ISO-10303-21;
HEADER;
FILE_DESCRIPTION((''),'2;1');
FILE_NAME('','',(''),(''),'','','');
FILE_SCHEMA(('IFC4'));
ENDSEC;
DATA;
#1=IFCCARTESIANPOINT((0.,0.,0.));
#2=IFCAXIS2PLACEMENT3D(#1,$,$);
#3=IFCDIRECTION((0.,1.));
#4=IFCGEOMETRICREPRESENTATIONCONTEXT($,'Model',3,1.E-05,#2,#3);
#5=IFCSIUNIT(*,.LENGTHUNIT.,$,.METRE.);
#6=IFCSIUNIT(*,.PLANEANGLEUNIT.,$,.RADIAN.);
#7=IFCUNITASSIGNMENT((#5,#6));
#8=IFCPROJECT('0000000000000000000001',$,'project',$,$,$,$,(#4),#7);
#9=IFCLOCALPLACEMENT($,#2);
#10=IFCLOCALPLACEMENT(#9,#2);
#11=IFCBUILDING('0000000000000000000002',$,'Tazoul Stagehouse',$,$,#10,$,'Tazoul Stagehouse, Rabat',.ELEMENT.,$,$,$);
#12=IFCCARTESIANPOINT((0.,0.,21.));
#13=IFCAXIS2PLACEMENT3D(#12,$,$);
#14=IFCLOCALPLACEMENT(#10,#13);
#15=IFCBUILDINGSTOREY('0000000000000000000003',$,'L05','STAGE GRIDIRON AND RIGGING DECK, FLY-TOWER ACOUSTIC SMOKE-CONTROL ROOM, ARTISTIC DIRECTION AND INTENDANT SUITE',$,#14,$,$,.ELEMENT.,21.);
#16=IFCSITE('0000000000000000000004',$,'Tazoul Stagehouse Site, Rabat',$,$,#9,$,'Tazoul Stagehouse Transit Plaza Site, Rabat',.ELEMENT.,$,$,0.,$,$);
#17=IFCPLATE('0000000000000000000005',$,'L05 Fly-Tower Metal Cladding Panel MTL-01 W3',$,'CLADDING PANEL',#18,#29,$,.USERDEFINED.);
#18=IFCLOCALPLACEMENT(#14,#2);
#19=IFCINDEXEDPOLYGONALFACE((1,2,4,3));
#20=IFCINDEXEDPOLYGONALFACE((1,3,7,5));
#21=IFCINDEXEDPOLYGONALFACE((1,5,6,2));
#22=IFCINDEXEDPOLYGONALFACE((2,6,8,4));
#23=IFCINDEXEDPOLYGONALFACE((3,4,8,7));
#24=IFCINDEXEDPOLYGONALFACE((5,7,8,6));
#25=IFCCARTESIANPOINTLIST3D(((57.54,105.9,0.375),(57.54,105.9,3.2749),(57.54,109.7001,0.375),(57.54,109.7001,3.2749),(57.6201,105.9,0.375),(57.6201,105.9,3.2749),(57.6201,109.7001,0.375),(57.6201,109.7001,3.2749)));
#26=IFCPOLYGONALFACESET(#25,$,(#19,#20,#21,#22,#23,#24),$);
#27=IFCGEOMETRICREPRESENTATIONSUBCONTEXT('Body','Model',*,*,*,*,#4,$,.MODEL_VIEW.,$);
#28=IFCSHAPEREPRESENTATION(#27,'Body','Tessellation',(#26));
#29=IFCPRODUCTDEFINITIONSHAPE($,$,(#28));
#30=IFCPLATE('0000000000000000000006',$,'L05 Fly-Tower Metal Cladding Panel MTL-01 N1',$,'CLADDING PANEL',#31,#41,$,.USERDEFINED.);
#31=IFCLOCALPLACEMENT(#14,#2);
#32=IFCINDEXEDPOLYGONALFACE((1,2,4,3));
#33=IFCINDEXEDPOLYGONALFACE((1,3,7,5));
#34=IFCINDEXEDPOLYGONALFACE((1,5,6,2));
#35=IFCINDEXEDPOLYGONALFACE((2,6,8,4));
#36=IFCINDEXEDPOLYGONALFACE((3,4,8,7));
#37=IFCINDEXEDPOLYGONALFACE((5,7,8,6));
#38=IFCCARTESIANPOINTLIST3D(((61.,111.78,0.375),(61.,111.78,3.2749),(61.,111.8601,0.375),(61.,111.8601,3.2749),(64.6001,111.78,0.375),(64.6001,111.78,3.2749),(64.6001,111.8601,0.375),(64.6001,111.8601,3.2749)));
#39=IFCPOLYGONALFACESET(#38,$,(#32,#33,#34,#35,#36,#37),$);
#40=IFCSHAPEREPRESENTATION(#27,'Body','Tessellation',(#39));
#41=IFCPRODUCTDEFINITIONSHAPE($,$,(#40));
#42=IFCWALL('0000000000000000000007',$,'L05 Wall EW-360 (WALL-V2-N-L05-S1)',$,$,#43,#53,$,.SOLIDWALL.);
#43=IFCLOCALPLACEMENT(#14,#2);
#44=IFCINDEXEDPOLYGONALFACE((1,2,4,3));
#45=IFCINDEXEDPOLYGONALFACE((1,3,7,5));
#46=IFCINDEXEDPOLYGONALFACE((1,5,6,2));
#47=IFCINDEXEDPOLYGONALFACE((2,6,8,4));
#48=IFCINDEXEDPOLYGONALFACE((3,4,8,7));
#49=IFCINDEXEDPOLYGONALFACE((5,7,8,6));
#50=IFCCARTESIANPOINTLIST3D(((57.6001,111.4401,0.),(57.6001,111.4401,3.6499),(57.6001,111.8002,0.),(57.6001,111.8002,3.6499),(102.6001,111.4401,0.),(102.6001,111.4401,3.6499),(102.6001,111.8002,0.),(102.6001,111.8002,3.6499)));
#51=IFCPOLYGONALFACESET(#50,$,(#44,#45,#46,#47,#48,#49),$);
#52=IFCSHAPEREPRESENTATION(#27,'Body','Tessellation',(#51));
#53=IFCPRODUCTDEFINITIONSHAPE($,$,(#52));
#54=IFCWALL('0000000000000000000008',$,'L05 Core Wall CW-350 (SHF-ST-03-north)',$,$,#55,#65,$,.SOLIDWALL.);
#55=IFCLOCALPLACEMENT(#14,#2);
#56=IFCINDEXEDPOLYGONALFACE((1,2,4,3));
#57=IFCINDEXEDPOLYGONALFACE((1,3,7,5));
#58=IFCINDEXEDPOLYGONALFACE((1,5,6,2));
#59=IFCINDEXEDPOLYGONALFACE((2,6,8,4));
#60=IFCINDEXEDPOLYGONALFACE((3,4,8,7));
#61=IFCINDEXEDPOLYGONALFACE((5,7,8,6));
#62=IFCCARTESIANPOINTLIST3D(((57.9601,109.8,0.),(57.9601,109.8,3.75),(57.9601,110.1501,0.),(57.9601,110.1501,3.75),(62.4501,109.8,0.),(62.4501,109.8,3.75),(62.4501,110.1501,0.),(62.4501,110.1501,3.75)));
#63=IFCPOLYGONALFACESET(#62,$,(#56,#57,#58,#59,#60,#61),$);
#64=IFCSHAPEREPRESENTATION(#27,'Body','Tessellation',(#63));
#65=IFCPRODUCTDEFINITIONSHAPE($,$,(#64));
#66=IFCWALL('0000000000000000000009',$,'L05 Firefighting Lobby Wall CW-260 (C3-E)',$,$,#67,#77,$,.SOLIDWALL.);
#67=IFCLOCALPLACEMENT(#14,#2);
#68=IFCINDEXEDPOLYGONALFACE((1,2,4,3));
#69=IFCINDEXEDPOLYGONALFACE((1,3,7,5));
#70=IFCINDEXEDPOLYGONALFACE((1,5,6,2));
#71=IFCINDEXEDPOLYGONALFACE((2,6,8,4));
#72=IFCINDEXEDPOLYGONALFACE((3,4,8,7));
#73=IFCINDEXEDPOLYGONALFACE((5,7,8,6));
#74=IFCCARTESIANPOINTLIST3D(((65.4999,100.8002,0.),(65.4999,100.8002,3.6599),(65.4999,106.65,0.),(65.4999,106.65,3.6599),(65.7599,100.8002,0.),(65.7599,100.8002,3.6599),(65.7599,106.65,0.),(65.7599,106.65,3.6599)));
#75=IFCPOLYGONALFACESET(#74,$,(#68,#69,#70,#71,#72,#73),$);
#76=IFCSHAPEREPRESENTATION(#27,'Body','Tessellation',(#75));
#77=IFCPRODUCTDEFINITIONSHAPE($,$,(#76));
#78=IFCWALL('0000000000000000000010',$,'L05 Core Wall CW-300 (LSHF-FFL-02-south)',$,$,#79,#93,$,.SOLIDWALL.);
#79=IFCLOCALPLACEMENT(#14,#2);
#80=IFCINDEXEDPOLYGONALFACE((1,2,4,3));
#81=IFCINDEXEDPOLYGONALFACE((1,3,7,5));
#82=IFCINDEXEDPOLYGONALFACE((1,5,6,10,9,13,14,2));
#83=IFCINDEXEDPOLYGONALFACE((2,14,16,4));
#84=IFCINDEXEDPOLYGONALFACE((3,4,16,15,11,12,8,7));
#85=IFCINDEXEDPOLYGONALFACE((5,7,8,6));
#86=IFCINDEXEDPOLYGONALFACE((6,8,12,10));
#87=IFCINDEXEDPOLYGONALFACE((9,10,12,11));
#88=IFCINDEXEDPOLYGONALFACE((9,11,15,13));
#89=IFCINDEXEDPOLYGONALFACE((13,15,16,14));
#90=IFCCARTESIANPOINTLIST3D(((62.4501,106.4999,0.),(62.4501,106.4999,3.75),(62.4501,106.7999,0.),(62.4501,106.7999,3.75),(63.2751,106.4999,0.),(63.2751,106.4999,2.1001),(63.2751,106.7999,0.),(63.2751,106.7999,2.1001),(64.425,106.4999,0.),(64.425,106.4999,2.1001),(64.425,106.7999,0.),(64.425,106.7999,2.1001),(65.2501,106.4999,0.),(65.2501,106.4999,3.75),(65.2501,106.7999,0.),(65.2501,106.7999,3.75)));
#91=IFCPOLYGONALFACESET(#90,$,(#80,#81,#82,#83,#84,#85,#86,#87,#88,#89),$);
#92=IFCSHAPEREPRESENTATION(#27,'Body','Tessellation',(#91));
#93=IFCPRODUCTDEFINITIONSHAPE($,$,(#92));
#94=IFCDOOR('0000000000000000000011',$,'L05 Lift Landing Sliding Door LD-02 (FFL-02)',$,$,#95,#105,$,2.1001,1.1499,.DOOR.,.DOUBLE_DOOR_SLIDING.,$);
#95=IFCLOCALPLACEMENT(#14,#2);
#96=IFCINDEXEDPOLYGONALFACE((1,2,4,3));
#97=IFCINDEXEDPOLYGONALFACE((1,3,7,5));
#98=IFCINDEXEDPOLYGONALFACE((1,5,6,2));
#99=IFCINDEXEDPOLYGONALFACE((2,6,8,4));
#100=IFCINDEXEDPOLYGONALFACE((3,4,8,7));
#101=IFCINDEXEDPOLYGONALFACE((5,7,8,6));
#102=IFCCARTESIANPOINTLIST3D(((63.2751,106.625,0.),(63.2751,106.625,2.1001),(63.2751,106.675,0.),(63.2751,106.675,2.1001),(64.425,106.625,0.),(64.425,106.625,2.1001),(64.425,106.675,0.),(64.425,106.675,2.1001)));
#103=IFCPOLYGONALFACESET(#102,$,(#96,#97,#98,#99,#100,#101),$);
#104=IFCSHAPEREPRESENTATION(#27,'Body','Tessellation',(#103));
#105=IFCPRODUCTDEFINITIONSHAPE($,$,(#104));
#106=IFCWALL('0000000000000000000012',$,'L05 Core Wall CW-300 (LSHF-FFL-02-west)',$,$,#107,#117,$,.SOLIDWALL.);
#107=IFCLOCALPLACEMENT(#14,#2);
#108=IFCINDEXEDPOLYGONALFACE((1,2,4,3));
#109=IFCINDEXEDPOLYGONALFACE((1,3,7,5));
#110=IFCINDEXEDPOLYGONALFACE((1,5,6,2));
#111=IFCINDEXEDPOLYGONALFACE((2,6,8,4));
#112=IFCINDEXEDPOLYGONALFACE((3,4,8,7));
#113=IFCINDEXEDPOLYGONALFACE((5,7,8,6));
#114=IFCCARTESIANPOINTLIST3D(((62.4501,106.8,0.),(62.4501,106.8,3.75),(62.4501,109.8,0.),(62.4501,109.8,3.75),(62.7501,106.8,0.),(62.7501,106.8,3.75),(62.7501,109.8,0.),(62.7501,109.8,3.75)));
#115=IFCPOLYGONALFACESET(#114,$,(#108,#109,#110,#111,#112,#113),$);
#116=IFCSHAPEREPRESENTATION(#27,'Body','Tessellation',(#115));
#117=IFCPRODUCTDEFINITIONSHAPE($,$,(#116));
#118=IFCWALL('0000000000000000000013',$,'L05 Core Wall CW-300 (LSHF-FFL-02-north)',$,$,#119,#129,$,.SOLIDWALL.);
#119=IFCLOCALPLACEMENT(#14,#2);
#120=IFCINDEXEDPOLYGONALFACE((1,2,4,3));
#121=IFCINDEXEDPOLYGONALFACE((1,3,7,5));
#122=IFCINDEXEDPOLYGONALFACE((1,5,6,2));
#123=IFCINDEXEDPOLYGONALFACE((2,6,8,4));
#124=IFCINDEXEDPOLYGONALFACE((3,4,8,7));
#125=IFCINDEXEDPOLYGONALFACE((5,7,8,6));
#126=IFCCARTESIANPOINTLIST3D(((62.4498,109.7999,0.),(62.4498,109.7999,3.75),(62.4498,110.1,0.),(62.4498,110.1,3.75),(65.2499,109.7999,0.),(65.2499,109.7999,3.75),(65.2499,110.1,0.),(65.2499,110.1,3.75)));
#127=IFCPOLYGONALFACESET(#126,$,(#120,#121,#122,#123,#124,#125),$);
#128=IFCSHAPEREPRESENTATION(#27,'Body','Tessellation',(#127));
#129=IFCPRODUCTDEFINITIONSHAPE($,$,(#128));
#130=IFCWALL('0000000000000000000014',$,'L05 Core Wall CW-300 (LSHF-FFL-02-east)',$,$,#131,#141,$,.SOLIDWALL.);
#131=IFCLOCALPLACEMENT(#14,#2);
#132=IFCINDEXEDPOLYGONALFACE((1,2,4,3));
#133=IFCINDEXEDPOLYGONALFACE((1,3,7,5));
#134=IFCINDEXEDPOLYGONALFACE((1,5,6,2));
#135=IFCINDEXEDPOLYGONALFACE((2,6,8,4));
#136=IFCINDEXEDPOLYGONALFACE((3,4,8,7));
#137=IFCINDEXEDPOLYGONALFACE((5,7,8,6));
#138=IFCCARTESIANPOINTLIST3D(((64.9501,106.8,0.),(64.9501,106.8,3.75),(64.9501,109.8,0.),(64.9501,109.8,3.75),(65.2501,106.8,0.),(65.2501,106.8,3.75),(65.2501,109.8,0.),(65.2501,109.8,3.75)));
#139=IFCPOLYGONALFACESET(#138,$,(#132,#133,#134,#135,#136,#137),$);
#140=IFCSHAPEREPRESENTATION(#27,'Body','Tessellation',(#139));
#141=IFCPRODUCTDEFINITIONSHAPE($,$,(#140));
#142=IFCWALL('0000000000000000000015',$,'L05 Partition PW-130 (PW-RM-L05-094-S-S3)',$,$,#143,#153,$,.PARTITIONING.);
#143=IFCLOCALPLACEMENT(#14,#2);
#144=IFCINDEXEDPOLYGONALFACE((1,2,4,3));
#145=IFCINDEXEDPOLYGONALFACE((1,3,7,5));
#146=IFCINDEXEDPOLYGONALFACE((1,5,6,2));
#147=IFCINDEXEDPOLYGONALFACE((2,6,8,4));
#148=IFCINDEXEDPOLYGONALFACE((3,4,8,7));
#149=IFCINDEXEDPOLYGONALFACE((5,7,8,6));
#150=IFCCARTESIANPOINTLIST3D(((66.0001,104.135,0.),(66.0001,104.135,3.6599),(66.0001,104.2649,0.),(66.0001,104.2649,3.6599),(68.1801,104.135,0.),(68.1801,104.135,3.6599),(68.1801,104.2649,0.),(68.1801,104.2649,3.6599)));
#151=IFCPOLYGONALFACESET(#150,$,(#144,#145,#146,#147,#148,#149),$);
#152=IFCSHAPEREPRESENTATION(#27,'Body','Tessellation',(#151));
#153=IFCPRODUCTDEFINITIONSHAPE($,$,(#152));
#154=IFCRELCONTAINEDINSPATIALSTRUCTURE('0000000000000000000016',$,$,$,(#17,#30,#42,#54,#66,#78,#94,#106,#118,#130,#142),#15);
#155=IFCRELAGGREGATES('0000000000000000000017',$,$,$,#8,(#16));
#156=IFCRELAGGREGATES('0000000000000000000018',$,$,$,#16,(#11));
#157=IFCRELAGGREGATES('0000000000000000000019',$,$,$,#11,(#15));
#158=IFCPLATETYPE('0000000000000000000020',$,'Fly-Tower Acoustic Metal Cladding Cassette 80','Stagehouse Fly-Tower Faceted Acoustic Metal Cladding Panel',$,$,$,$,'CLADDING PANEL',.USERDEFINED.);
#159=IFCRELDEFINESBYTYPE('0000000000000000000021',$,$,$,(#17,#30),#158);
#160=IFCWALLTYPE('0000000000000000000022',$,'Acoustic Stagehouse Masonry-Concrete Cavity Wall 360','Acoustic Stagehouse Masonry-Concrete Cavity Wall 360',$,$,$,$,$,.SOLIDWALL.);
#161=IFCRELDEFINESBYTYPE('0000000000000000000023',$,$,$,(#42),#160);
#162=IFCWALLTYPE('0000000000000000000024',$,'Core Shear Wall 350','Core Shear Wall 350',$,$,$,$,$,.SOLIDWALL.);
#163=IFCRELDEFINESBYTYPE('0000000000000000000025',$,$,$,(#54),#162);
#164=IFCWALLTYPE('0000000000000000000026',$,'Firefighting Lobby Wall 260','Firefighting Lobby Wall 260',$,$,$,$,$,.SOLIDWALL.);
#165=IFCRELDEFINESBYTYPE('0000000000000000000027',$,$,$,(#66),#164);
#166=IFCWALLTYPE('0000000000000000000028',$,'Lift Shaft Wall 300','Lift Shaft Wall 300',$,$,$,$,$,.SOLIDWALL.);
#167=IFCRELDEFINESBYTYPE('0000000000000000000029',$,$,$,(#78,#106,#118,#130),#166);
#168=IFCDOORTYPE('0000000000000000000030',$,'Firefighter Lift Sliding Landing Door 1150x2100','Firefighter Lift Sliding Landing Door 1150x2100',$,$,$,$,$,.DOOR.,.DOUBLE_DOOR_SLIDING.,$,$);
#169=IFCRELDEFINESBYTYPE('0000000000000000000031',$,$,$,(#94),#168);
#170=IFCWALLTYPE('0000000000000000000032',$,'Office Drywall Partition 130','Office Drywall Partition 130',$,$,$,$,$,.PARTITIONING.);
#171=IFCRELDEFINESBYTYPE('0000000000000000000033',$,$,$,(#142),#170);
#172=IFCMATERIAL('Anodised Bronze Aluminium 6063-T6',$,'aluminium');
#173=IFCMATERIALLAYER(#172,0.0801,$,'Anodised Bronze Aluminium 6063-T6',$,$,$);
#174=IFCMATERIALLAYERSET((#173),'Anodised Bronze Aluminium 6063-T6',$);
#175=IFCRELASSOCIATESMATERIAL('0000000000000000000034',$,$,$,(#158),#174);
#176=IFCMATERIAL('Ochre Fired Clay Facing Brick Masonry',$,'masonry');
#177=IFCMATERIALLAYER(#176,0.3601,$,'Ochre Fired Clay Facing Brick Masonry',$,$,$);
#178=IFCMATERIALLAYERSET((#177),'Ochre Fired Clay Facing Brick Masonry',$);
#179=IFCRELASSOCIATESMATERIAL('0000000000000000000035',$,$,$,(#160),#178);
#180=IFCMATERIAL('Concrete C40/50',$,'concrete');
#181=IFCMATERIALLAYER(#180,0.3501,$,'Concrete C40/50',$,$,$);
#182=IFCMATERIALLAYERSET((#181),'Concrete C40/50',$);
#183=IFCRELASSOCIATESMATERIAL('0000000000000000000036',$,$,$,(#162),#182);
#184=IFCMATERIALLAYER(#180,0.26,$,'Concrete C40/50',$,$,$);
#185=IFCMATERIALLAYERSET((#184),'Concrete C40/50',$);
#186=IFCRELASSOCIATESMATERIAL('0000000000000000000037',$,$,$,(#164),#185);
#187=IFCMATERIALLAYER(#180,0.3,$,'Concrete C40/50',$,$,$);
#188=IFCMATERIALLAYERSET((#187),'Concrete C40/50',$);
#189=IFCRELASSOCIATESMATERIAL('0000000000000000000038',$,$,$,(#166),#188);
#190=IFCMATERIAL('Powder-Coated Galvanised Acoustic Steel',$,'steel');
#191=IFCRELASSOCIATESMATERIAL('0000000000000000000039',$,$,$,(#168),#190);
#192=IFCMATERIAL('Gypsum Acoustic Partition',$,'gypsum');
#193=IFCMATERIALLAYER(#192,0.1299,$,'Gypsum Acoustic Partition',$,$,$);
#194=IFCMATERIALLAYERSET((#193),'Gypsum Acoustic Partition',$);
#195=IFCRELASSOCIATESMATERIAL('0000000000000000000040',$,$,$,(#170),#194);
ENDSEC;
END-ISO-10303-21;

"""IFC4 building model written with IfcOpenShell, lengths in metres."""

from ifc_helpers import new_model, si_unit, direction, frame, frame_2d, origin, origin_2d, place, context, subcontext, project, spatial, rectangle, extrude, material, layer, layer_set, type_object, element, fill, save


model = new_model("IFC4")

# Units and contexts
model_context = context("Model", 3, precision=1e-05, world=origin(), true_north=direction((0.0, 1.0)))
body_context = subcontext(model_context, "Body", "Model", "MODEL_VIEW")
ifc_project = project(units=[si_unit("LENGTHUNIT", "METRE"), si_unit("PLANEANGLEUNIT", "RADIAN")], contexts=[model_context])

# Site, building, storey
site_placement = place(None, origin())
site = spatial("IfcSite", under=ifc_project, at=site_placement, Name="Tazoul Stagehouse Site, Rabat", LongName="Tazoul Stagehouse Transit Plaza Site, Rabat", CompositionType="ELEMENT", RefElevation=0.0)
building_placement = place(site_placement, origin())
building = spatial("IfcBuilding", under=site, at=building_placement, Name="Tazoul Stagehouse", LongName="Tazoul Stagehouse, Rabat", CompositionType="ELEMENT")
storey_placement = place(building_placement, frame((0.0, 0.0, 21.0)))
storey = spatial("IfcBuildingStorey", under=building, at=storey_placement, Name="L05", Description="STAGE GRIDIRON AND RIGGING DECK, FLY-TOWER ACOUSTIC SMOKE-CONTROL ROOM, ARTISTIC DIRECTION AND INTENDANT SUITE", CompositionType="ELEMENT", Elevation=21.0)

# Shared definitions
ifc_material_1 = material(Name="Concrete C40/50", Category="concrete")

# Plates
ifc_material_2 = material(Name="Anodised Bronze Aluminium 6063-T6", Category="aluminium")
ifc_layer_1 = layer(ifc_material_2, 0.0801, Name="Anodised Bronze Aluminium 6063-T6")
ifc_layer_set_1 = layer_set([ifc_layer_1], Name="Anodised Bronze Aluminium 6063-T6")
plate_type = type_object("IfcPlateType", Name="Fly-Tower Acoustic Metal Cladding Cassette 80", Description="Stagehouse Fly-Tower Faceted Acoustic Metal Cladding Panel", ElementType="CLADDING PANEL", PredefinedType="USERDEFINED", material=ifc_layer_set_1)
plate_1_placement = place(storey_placement, frame((57.5801, 107.8, 0.375), z_axis=(0.0, 0.0, 1.0), x_axis=(0.0, 1.0, 0.0)))
element("IfcPlate", 1, at=plate_1_placement, inside=storey, type_object=plate_type, Name="L05 Fly-Tower Metal Cladding Panel MTL-01 W3", ObjectType="CLADDING PANEL", PredefinedType="USERDEFINED", context=body_context, shape_type="SweptSolid", body=[
    extrude(rectangle(XDim=3.8, YDim=0.0801, at=origin_2d()), origin(), (0.0, 0.0, 1.0), 2.8999),
])
plate_2_placement = place(storey_placement, frame((62.8, 111.8201, 0.375), z_axis=(0.0, 0.0, 1.0), x_axis=(1.0, 0.0, 0.0)))
element("IfcPlate", 2, at=plate_2_placement, inside=storey, type_object=plate_type, Name="L05 Fly-Tower Metal Cladding Panel MTL-01 N1", ObjectType="CLADDING PANEL", PredefinedType="USERDEFINED", context=body_context, shape_type="SweptSolid", body=[
    extrude(rectangle(XDim=3.6001, YDim=0.0801, at=origin_2d()), origin(), (0.0, 0.0, 1.0), 2.8999),
])

# Walls
ifc_material_3 = material(Name="Ochre Fired Clay Facing Brick Masonry", Category="masonry")
ifc_layer_2 = layer(ifc_material_3, 0.3601, Name="Ochre Fired Clay Facing Brick Masonry")
ifc_layer_set_2 = layer_set([ifc_layer_2], Name="Ochre Fired Clay Facing Brick Masonry")
wall_type_1 = type_object("IfcWallType", Name="Acoustic Stagehouse Masonry-Concrete Cavity Wall 360", Description="Acoustic Stagehouse Masonry-Concrete Cavity Wall 360", PredefinedType="SOLIDWALL", material=ifc_layer_set_2)
wall_1_placement = place(storey_placement, frame((57.6001, 111.6201, 0.0), z_axis=(0.0, 0.0, 1.0), x_axis=(1.0, 0.0, 0.0)))
element("IfcWall", 3, at=wall_1_placement, inside=storey, type_object=wall_type_1, Name="L05 Wall EW-360 (WALL-V2-N-L05-S1)", PredefinedType="SOLIDWALL", context=body_context, shape_type="SweptSolid", body=[
    extrude(rectangle(XDim=45.0, YDim=0.3601, at=frame_2d((22.5, 0.0))), origin(), (0.0, 0.0, 1.0), 3.6499),
])
ifc_layer_3 = layer(ifc_material_1, 0.3501, Name="Concrete C40/50")
ifc_layer_set_3 = layer_set([ifc_layer_3], Name="Concrete C40/50")
wall_type_2 = type_object("IfcWallType", Name="Core Shear Wall 350", Description="Core Shear Wall 350", PredefinedType="SOLIDWALL", material=ifc_layer_set_3)
wall_2_placement = place(storey_placement, frame((57.96, 109.9751, 0.0), z_axis=(0.0, 0.0, 1.0), x_axis=(1.0, 0.0, 0.0)))
element("IfcWall", 4, at=wall_2_placement, inside=storey, type_object=wall_type_2, Name="L05 Core Wall CW-350 (SHF-ST-03-north)", PredefinedType="SOLIDWALL", context=body_context, shape_type="SweptSolid", body=[
    extrude(rectangle(XDim=4.49, YDim=0.3501, at=frame_2d((2.2451, 0.0))), origin(), (0.0, 0.0, 1.0), 3.75),
])

# Shared definitions
ifc_material_4 = material(Name="Powder-Coated Galvanised Acoustic Steel", Category="steel")

# Wall
ifc_layer_4 = layer(ifc_material_1, 0.26, Name="Concrete C40/50")
ifc_layer_set_4 = layer_set([ifc_layer_4], Name="Concrete C40/50")
wall_type_3 = type_object("IfcWallType", Name="Firefighting Lobby Wall 260", Description="Firefighting Lobby Wall 260", PredefinedType="SOLIDWALL", material=ifc_layer_set_4)
wall_3_placement = place(storey_placement, frame((65.6299, 106.6499, 0.0), z_axis=(0.0, 0.0, 1.0), x_axis=(0.0, -1.0, 0.0)))
element("IfcWall", 5, at=wall_3_placement, inside=storey, type_object=wall_type_3, Name="L05 Firefighting Lobby Wall CW-260 (C3-E)", PredefinedType="SOLIDWALL", context=body_context, shape_type="SweptSolid", body=[
    extrude(rectangle(XDim=5.8499, YDim=0.26, at=frame_2d((2.9248, 0.0))), origin(), (0.0, 0.0, 1.0), 3.6599),
])

# Wall, opening, door
ifc_layer_5 = layer(ifc_material_1, 0.3, Name="Concrete C40/50")
ifc_layer_set_5 = layer_set([ifc_layer_5], Name="Concrete C40/50")
wall_type_4 = type_object("IfcWallType", Name="Lift Shaft Wall 300", Description="Lift Shaft Wall 300", PredefinedType="SOLIDWALL", material=ifc_layer_set_5)
wall_4_placement = place(storey_placement, frame((65.25, 106.6499, 0.0), z_axis=(0.0, 0.0, 1.0), x_axis=(-1.0, 0.0, 0.0)))
wall_4 = element("IfcWall", 6, at=wall_4_placement, inside=storey, type_object=wall_type_4, Name="L05 Core Wall CW-300 (LSHF-FFL-02-south)", PredefinedType="SOLIDWALL", context=body_context, shape_type="SweptSolid", body=[
    extrude(rectangle(XDim=2.8, YDim=0.3, at=frame_2d((1.3999, 0.0))), origin(), (0.0, 0.0, 1.0), 3.75),
])
opening_1_placement = place(wall_4_placement, frame((0.825, 0.0, 0.0)))
opening_1 = element("IfcOpeningElement", 7, at=opening_1_placement, cuts=wall_4, PredefinedType="OPENING", context=body_context, shape_type="SweptSolid", body=[
    extrude(rectangle(XDim=1.1499, YDim=2.1001, at=frame_2d((0.575, 1.05))), frame((0.0, 0.1699, 0.0), z_axis=(0.0, -1.0, 0.0), x_axis=(1.0, 0.0, 0.0)), (0.0, 0.0, 1.0), 0.3401),
])
door_type_1 = type_object("IfcDoorType", Name="Firefighter Lift Sliding Landing Door 1150x2100", Description="Firefighter Lift Sliding Landing Door 1150x2100", OperationType="DOUBLE_DOOR_SLIDING", PredefinedType="DOOR", material=ifc_material_4)
door_1_placement = place(opening_1_placement, origin())
door_1 = element("IfcDoor", 8, at=door_1_placement, inside=storey, type_object=door_type_1, Name="L05 Lift Landing Sliding Door LD-02 (FFL-02)", OperationType="DOUBLE_DOOR_SLIDING", OverallHeight=2.1001, OverallWidth=1.1499, PredefinedType="DOOR", context=body_context, shape_type="SweptSolid", body=[
    extrude(rectangle(XDim=1.1499, YDim=2.1001, at=frame_2d((0.575, 1.05))), frame((0.0, 0.0249, 0.0), z_axis=(0.0, -1.0, 0.0), x_axis=(1.0, 0.0, 0.0)), (0.0, 0.0, 1.0), 0.05),
])
fill(opening_1, door_1)

# Walls
wall_5_placement = place(storey_placement, frame((62.6001, 106.8, 0.0), z_axis=(0.0, 0.0, 1.0), x_axis=(0.0, 1.0, 0.0)))
element("IfcWall", 9, at=wall_5_placement, inside=storey, type_object=wall_type_4, Name="L05 Core Wall CW-300 (LSHF-FFL-02-west)", PredefinedType="SOLIDWALL", context=body_context, shape_type="SweptSolid", body=[
    extrude(rectangle(XDim=3.0, YDim=0.3, at=frame_2d((1.5, 0.0))), origin(), (0.0, 0.0, 1.0), 3.75),
])
wall_6_placement = place(storey_placement, frame((62.45, 109.95, 0.0), z_axis=(0.0, 0.0, 1.0), x_axis=(1.0, 0.0, 0.0)))
element("IfcWall", 10, at=wall_6_placement, inside=storey, type_object=wall_type_4, Name="L05 Core Wall CW-300 (LSHF-FFL-02-north)", PredefinedType="SOLIDWALL", context=body_context, shape_type="SweptSolid", body=[
    extrude(rectangle(XDim=2.8, YDim=0.3, at=frame_2d((1.3999, 0.0))), origin(), (0.0, 0.0, 1.0), 3.75),
])
wall_7_placement = place(storey_placement, frame((65.1001, 109.8, 0.0), z_axis=(0.0, 0.0, 1.0), x_axis=(0.0, -1.0, 0.0)))
element("IfcWall", 11, at=wall_7_placement, inside=storey, type_object=wall_type_4, Name="L05 Core Wall CW-300 (LSHF-FFL-02-east)", PredefinedType="SOLIDWALL", context=body_context, shape_type="SweptSolid", body=[
    extrude(rectangle(XDim=3.0, YDim=0.3, at=frame_2d((1.5, 0.0))), origin(), (0.0, 0.0, 1.0), 3.75),
])
ifc_material_5 = material(Name="Gypsum Acoustic Partition", Category="gypsum")
ifc_layer_6 = layer(ifc_material_5, 0.1299, Name="Gypsum Acoustic Partition")
ifc_layer_set_6 = layer_set([ifc_layer_6], Name="Gypsum Acoustic Partition")
wall_type_5 = type_object("IfcWallType", Name="Office Drywall Partition 130", Description="Office Drywall Partition 130", PredefinedType="PARTITIONING", material=ifc_layer_set_6)
wall_8_placement = place(storey_placement, frame((68.1799, 104.2, 0.0), z_axis=(0.0, 0.0, 1.0), x_axis=(-1.0, 0.0, 0.0)))
element("IfcWall", 12, at=wall_8_placement, inside=storey, type_object=wall_type_5, Name="L05 Partition PW-130 (PW-RM-L05-094-S-S3)", PredefinedType="PARTITIONING", context=body_context, shape_type="SweptSolid", body=[
    extrude(rectangle(XDim=2.1799, YDim=0.1299, at=frame_2d((1.0898, 0.0))), origin(), (0.0, 0.0, 1.0), 3.6599),
])

save(model, "model.ifc")
